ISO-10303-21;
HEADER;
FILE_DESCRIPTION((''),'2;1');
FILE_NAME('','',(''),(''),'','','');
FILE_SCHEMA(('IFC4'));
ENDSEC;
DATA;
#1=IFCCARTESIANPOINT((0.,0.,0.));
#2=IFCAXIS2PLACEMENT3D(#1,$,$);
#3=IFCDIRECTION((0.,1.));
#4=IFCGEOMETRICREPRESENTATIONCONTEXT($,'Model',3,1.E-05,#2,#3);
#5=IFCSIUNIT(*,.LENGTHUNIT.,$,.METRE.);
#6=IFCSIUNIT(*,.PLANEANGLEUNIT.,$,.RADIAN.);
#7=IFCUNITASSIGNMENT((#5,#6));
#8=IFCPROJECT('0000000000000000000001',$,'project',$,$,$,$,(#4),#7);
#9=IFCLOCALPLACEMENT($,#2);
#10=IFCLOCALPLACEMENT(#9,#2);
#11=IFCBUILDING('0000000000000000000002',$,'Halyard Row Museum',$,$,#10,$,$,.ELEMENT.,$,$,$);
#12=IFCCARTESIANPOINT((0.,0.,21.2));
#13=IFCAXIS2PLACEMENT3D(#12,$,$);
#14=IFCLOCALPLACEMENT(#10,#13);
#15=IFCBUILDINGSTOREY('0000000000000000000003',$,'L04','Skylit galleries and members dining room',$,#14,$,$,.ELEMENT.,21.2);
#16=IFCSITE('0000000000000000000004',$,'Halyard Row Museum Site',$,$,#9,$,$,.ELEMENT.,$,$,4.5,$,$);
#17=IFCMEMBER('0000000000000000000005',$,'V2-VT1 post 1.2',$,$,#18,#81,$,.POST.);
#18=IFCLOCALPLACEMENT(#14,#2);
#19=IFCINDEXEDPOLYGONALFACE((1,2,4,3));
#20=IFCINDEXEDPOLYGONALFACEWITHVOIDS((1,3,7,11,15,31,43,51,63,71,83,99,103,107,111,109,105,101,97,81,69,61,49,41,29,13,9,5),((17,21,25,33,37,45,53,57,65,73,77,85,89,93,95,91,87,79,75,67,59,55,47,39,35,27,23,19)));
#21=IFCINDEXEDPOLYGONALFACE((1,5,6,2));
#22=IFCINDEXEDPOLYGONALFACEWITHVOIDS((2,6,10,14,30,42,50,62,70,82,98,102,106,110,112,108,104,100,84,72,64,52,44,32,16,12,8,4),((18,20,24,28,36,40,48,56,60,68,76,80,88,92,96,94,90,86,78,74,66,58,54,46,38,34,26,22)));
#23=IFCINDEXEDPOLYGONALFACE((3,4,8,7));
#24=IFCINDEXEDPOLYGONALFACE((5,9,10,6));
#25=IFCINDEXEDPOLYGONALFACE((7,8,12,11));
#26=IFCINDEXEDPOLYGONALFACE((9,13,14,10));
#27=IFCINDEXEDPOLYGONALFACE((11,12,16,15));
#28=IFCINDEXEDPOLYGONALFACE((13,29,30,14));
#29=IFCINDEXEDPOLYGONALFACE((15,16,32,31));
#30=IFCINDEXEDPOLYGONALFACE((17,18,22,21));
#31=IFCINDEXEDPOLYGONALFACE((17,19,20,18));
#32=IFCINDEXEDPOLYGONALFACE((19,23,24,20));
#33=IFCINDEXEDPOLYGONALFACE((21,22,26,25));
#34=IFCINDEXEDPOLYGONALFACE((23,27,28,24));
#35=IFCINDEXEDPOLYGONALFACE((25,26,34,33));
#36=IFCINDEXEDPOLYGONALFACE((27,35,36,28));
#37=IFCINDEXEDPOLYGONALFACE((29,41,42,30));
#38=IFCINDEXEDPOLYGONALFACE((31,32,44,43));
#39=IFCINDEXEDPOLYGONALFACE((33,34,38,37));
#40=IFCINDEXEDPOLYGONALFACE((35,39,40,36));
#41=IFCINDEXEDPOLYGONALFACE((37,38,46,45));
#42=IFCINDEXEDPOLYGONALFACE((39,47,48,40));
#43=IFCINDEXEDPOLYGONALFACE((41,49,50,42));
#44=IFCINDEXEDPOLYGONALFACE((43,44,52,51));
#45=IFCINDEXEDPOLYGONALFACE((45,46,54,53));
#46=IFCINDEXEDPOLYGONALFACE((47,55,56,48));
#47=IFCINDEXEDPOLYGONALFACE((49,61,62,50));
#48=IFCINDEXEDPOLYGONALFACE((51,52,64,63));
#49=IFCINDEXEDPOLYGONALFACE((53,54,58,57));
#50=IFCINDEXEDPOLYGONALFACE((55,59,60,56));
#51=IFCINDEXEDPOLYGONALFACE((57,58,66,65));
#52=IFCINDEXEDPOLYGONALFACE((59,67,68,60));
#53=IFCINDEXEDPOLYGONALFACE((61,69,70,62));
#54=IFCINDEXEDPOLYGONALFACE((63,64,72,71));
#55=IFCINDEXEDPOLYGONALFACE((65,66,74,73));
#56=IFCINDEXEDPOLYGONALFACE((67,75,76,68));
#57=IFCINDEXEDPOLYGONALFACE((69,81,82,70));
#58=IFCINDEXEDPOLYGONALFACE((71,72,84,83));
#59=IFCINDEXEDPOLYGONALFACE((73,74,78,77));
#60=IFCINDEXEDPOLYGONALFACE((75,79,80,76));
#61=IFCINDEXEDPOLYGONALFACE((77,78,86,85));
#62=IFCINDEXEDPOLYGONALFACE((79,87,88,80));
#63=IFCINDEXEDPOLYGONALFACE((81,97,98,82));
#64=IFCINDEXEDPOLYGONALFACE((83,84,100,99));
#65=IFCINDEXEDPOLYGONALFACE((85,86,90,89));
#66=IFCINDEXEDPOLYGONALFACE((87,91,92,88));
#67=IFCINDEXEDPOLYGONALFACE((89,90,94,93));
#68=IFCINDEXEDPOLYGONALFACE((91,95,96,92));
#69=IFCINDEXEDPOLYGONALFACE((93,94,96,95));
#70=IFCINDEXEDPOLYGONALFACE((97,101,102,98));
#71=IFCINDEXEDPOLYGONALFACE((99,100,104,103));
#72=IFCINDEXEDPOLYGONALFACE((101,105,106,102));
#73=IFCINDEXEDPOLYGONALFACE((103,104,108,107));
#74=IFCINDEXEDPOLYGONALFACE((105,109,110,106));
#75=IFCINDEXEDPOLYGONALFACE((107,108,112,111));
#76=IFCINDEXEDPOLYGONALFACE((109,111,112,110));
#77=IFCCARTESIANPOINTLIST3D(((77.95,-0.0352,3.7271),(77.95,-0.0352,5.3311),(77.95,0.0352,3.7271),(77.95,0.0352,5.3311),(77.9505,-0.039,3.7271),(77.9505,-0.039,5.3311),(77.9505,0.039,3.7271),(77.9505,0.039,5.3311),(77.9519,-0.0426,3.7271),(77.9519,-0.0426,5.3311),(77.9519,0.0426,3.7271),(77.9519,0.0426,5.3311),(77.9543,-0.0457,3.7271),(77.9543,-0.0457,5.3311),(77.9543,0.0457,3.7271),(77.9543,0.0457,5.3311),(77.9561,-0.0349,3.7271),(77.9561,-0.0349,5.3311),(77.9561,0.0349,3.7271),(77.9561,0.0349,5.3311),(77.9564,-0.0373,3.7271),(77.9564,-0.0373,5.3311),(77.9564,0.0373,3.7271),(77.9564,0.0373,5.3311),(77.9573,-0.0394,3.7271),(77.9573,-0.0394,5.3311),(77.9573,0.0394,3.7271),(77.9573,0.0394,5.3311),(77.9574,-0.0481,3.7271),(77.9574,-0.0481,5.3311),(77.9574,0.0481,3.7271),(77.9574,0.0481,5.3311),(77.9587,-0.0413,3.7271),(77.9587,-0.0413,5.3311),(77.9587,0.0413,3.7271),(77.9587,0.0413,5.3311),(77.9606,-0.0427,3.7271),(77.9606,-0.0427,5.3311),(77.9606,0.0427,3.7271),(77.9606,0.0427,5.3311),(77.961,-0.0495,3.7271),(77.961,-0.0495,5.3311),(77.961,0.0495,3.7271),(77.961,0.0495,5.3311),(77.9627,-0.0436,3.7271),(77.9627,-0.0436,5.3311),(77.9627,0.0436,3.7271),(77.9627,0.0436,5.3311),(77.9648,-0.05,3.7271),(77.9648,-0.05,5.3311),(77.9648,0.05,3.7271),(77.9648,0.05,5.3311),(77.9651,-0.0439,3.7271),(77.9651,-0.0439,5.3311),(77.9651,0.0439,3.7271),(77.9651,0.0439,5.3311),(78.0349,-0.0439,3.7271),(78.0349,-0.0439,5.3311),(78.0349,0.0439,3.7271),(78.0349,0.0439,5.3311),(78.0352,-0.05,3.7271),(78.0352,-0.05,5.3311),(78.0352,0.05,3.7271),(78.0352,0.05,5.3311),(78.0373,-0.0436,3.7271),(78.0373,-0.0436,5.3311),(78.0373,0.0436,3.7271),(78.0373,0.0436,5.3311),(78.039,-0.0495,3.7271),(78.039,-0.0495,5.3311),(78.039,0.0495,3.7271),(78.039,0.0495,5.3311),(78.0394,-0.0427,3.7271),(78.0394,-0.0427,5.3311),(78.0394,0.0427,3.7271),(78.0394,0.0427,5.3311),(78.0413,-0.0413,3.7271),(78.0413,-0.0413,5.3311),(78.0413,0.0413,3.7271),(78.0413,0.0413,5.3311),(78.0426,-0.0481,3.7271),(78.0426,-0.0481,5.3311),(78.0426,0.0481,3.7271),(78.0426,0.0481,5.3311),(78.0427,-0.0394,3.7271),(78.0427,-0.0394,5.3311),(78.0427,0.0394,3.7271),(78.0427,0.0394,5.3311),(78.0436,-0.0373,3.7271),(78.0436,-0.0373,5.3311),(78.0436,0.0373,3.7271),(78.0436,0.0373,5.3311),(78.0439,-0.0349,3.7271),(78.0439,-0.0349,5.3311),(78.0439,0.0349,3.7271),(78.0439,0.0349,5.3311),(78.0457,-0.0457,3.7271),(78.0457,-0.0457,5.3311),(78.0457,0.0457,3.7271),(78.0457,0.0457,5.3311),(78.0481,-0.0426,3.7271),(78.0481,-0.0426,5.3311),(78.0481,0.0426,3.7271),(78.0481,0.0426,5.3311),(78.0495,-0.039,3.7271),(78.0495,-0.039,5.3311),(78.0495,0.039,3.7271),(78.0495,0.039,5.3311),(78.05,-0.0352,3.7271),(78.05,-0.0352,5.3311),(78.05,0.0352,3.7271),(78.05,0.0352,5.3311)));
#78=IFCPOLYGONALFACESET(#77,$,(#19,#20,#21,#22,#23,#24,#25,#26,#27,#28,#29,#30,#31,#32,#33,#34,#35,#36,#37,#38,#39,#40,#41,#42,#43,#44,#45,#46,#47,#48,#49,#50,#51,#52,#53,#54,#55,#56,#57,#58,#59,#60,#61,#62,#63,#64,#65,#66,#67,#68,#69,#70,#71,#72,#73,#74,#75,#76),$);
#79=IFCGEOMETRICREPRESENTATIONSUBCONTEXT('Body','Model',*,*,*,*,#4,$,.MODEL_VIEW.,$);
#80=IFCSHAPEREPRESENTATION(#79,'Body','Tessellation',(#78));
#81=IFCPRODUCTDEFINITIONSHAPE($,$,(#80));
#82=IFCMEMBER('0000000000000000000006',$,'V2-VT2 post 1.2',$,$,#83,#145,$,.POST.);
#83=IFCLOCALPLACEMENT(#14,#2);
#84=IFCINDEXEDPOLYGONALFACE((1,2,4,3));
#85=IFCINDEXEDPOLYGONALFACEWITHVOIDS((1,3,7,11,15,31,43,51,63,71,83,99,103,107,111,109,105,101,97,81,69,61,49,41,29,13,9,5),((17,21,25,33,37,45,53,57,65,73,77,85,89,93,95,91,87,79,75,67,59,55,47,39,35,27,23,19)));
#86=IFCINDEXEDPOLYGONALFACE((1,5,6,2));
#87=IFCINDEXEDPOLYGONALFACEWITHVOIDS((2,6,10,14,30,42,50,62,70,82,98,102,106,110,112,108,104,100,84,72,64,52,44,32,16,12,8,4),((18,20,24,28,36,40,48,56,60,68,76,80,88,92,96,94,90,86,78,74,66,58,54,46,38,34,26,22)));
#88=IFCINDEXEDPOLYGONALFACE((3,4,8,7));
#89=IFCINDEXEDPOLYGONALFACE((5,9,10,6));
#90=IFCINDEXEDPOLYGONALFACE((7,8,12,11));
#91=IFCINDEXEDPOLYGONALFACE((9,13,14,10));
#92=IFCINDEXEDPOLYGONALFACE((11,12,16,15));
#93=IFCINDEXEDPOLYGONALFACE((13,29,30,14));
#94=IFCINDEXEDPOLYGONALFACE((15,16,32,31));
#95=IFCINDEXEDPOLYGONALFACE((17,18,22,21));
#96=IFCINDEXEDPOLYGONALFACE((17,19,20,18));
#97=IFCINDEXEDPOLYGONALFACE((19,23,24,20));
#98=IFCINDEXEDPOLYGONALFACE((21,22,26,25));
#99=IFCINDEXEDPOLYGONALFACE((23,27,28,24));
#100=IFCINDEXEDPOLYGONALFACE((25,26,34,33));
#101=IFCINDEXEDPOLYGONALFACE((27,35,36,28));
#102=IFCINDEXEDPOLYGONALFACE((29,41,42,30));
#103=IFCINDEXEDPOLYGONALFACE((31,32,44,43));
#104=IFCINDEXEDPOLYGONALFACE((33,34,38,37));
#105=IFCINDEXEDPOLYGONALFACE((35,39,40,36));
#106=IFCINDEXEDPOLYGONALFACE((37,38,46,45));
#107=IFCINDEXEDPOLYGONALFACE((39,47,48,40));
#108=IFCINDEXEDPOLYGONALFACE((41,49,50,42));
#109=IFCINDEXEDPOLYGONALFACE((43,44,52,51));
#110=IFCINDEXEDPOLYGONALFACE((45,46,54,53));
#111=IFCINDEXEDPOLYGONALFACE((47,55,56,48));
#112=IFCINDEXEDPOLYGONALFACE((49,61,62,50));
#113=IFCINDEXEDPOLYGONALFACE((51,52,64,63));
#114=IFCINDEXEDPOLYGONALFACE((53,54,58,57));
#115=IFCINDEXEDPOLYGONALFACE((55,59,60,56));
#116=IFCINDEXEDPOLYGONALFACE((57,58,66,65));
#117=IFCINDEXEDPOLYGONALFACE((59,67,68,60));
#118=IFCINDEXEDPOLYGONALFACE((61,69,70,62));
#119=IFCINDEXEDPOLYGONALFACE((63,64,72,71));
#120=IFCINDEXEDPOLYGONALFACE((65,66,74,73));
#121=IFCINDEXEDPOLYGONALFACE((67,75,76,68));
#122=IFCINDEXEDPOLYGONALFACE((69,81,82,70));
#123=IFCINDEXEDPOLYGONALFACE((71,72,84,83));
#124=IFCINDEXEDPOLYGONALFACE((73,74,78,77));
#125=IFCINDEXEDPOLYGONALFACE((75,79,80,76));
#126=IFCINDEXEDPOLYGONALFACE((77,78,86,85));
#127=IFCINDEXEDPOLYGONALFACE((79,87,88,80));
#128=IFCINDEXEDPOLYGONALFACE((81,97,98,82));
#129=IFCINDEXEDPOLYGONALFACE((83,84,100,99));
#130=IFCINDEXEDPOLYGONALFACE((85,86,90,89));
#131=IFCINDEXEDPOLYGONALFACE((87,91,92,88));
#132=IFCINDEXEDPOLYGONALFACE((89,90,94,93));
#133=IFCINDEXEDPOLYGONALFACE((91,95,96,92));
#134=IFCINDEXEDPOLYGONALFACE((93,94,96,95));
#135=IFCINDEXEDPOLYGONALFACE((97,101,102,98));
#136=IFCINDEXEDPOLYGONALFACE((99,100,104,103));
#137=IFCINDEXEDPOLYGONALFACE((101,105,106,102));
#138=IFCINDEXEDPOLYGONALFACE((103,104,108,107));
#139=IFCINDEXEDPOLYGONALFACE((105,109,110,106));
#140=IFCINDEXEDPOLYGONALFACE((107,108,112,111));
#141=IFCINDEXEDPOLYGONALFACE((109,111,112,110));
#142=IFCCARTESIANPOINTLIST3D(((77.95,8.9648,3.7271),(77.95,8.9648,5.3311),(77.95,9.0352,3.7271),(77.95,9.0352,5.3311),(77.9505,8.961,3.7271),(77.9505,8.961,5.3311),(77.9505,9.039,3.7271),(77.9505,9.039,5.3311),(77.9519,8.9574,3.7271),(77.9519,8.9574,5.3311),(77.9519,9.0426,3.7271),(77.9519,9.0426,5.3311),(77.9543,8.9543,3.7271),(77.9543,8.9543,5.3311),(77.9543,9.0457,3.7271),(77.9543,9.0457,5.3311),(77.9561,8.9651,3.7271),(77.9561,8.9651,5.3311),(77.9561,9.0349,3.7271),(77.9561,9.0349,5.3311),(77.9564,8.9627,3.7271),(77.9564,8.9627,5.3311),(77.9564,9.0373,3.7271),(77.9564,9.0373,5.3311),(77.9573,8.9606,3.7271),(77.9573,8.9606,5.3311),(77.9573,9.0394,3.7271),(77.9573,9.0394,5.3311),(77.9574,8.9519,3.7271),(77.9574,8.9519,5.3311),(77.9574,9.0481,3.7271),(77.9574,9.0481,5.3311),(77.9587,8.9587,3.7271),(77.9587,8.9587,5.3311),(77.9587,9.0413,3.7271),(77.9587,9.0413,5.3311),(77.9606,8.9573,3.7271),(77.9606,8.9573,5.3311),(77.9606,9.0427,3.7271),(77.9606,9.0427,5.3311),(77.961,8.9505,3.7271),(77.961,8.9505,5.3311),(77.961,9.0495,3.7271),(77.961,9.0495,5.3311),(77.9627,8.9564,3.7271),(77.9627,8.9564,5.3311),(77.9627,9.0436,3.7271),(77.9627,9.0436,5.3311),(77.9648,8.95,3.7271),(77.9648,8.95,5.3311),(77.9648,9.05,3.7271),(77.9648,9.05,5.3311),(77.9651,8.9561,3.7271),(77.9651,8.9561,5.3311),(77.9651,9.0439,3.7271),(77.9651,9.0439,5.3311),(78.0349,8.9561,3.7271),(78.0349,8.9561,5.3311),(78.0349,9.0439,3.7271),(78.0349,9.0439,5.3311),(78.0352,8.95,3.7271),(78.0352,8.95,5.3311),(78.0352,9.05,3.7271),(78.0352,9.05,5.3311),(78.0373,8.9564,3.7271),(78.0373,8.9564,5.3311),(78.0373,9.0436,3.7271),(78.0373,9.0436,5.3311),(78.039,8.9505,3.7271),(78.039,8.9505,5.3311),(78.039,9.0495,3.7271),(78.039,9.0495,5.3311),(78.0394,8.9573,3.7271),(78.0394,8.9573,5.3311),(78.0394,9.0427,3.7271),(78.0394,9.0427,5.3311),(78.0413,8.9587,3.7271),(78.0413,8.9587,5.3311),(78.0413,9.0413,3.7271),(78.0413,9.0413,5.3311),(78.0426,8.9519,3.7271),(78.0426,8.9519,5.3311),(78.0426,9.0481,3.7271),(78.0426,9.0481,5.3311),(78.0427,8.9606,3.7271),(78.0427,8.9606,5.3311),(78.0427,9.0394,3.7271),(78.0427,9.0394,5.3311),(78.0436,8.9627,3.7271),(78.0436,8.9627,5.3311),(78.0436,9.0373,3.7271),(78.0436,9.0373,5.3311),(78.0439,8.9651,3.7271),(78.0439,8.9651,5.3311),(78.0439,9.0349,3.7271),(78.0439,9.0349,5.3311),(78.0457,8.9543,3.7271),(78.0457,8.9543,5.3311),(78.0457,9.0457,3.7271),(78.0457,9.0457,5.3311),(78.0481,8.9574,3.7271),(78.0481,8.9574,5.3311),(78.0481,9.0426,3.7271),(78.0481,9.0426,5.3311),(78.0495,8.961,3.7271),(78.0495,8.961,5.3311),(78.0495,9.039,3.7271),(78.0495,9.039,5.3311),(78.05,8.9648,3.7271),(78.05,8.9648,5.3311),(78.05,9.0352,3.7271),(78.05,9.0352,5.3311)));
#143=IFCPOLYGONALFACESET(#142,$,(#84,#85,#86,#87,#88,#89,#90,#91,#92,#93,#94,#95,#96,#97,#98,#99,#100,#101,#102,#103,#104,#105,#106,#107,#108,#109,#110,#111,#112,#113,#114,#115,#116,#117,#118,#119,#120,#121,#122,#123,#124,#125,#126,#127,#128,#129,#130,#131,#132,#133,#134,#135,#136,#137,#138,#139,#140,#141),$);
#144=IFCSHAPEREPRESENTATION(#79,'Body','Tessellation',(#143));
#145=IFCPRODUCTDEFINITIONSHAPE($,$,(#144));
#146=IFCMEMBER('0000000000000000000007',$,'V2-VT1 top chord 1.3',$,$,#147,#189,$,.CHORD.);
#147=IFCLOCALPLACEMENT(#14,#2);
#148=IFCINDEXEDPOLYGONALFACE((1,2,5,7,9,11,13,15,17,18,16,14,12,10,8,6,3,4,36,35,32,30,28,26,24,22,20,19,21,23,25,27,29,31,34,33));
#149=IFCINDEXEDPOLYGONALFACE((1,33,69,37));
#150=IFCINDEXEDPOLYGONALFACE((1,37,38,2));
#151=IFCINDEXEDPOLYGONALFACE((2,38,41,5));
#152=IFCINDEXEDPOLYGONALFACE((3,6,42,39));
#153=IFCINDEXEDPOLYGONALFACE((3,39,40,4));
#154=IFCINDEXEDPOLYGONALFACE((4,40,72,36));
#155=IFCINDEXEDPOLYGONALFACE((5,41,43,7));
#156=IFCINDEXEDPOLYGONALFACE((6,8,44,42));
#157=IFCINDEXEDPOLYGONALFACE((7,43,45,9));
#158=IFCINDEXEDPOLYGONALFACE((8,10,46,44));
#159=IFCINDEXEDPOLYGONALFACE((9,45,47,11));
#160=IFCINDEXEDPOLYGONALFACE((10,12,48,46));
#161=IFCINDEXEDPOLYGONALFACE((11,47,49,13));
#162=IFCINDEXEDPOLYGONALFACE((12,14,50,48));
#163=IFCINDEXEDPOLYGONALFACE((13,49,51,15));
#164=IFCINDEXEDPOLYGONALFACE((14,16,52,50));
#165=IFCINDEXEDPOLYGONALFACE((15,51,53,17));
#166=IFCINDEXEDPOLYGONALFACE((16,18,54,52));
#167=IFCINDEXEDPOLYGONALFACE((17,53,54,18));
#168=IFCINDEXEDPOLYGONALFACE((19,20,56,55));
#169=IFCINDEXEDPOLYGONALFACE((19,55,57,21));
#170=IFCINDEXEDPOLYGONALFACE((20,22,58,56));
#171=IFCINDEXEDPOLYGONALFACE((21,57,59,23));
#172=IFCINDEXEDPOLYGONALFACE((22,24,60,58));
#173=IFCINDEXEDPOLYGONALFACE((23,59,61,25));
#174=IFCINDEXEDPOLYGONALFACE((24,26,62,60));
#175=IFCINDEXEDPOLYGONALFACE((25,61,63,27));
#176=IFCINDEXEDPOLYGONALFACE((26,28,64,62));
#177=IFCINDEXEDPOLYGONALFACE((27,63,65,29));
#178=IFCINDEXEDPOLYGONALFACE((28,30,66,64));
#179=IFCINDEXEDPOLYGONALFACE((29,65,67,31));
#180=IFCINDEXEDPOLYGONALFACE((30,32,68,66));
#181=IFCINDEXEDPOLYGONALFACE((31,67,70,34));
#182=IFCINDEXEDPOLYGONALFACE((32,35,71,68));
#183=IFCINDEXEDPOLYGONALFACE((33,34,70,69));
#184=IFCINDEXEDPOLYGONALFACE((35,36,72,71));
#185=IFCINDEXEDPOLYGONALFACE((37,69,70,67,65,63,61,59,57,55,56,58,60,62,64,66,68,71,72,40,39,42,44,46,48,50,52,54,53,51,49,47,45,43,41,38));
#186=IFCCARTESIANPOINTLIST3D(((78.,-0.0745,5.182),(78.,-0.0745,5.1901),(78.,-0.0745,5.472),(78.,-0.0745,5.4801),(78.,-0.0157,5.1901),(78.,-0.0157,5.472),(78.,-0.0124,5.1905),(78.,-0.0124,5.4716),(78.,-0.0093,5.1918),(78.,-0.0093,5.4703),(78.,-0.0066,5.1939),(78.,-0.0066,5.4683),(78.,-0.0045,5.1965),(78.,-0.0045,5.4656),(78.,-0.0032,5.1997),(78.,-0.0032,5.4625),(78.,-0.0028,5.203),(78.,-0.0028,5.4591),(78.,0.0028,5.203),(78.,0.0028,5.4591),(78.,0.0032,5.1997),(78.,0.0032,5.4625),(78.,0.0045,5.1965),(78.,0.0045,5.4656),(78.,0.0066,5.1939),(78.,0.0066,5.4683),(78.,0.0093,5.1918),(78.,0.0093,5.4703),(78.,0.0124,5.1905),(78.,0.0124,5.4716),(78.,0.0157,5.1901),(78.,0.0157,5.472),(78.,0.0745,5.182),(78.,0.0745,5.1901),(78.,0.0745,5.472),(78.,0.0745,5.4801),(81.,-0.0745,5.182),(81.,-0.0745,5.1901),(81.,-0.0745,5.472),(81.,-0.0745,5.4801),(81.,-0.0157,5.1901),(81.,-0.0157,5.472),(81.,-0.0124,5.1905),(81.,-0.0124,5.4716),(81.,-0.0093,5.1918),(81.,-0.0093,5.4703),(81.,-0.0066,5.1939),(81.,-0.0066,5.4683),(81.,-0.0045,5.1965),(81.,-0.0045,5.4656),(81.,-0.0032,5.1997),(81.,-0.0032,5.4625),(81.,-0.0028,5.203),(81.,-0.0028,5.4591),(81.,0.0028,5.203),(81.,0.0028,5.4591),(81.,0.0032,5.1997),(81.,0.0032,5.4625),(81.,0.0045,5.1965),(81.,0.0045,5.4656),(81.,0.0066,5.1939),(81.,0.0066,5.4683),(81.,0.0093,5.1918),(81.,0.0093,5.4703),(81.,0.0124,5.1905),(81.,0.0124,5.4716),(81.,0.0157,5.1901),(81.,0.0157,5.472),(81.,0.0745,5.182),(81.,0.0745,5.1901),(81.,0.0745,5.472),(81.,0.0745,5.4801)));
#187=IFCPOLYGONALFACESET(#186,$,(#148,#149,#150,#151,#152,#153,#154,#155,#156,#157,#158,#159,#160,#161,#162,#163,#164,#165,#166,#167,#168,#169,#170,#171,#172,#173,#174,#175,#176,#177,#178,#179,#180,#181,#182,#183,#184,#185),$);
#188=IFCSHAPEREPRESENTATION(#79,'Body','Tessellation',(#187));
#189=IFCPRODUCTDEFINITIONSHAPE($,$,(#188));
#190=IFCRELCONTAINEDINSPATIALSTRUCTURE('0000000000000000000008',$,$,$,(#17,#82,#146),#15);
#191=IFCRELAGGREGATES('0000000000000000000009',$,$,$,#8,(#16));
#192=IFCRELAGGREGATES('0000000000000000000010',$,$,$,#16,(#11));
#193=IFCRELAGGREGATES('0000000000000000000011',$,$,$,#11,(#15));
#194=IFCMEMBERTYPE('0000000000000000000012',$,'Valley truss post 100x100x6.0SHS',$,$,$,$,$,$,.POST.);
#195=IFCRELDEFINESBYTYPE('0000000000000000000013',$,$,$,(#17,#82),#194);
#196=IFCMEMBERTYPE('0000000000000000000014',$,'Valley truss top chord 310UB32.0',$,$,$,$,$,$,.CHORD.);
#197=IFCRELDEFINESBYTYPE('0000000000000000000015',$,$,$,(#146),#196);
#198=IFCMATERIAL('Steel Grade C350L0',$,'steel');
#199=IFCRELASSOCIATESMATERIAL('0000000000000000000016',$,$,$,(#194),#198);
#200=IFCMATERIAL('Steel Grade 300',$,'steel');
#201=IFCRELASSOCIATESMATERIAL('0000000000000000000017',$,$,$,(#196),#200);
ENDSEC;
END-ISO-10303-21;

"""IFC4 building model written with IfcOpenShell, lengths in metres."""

from ifc_helpers import new_model, si_unit, direction, frame, origin, origin_2d, place, context, subcontext, project, spatial, hollow_rectangle, i_section, extrude, material, material_profile, profile_set, type_object, element, save


model = new_model("IFC4")

# Units and contexts
model_context = context("Model", 3, precision=1e-05, world=origin(), true_north=direction((0.0, 1.0)))
body_context = subcontext(model_context, "Body", "Model", "MODEL_VIEW")
ifc_project = project(units=[si_unit("LENGTHUNIT", "METRE"), si_unit("PLANEANGLEUNIT", "RADIAN")], contexts=[model_context])

# Site, building, storey
site_placement = place(None, origin())
site = spatial("IfcSite", under=ifc_project, at=site_placement, Name="Halyard Row Museum Site", CompositionType="ELEMENT", RefElevation=4.5)
building_placement = place(site_placement, origin())
building = spatial("IfcBuilding", under=site, at=building_placement, Name="Halyard Row Museum", CompositionType="ELEMENT")
storey_placement = place(building_placement, frame((0.0, 0.0, 21.2)))
storey = spatial("IfcBuildingStorey", under=building, at=storey_placement, Name="L04", Description="Skylit galleries and members dining room", CompositionType="ELEMENT", Elevation=21.2)

# Members
ifc_material_1 = material(Name="Steel Grade C350L0", Category="steel")
ifc_material_profile_1 = material_profile(ifc_material_1, hollow_rectangle(XDim=0.1001, YDim=0.1001, WallThickness=0.0061, InnerFilletRadius=0.009, OuterFilletRadius=0.0149, at=origin_2d()), Name="100x100x6.0SHS")
ifc_profile_set_1 = profile_set([ifc_material_profile_1], Name="Steel Grade C350L0")
member_type_1 = type_object("IfcMemberType", Name="Valley truss post 100x100x6.0SHS", PredefinedType="POST", material=ifc_profile_set_1)
for number, where, z_axis, x_axis, name in (
    (1, (78.0, 0.0, 3.7271), (0.0, 0.0, 1.0), (1.0, 0.0, 0.0), "V2-VT1 post 1.2"),
    (2, (78.0, 9.0, 3.7271), (0.0, 0.0, 1.0), (1.0, 0.0, 0.0), "V2-VT2 post 1.2"),
):
    element("IfcMember", number, at=place(storey_placement, frame(where, z_axis=z_axis, x_axis=x_axis)), inside=storey, type_object=member_type_1, Name=name, PredefinedType="POST", context=body_context, shape_type="SweptSolid", body=[
        extrude(hollow_rectangle(XDim=0.1001, YDim=0.1001, WallThickness=0.0061, InnerFilletRadius=0.009, OuterFilletRadius=0.0149, at=origin_2d()), origin(), (0.0, 0.0, 1.0), 1.604),
    ])
ifc_material_2 = material(Name="Steel Grade 300", Category="steel")
ifc_material_profile_2 = material_profile(ifc_material_2, i_section(OverallWidth=0.1489, OverallDepth=0.2981, WebThickness=0.0056, FlangeThickness=0.0081, FilletRadius=0.0129, at=origin_2d()), Name="310UB32.0")
ifc_profile_set_2 = profile_set([ifc_material_profile_2], Name="Steel Grade 300")
member_type_2 = type_object("IfcMemberType", Name="Valley truss top chord 310UB32.0", PredefinedType="CHORD", material=ifc_profile_set_2)
for number, where, z_axis, x_axis, name in (
    (3, (78.0, 0.0, 5.3311), (1.0, 0.0, 0.0), (0.0, 1.0, 0.0), "V2-VT1 top chord 1.3"),
):
    element("IfcMember", number, at=place(storey_placement, frame(where, z_axis=z_axis, x_axis=x_axis)), inside=storey, type_object=member_type_2, Name=name, PredefinedType="CHORD", context=body_context, shape_type="SweptSolid", body=[
        extrude(i_section(OverallWidth=0.1489, OverallDepth=0.2981, WebThickness=0.0056, FlangeThickness=0.0081, FilletRadius=0.0129, at=origin_2d()), origin(), (0.0, 0.0, 1.0), 3.0),
    ])

save(model, "model.ifc")
